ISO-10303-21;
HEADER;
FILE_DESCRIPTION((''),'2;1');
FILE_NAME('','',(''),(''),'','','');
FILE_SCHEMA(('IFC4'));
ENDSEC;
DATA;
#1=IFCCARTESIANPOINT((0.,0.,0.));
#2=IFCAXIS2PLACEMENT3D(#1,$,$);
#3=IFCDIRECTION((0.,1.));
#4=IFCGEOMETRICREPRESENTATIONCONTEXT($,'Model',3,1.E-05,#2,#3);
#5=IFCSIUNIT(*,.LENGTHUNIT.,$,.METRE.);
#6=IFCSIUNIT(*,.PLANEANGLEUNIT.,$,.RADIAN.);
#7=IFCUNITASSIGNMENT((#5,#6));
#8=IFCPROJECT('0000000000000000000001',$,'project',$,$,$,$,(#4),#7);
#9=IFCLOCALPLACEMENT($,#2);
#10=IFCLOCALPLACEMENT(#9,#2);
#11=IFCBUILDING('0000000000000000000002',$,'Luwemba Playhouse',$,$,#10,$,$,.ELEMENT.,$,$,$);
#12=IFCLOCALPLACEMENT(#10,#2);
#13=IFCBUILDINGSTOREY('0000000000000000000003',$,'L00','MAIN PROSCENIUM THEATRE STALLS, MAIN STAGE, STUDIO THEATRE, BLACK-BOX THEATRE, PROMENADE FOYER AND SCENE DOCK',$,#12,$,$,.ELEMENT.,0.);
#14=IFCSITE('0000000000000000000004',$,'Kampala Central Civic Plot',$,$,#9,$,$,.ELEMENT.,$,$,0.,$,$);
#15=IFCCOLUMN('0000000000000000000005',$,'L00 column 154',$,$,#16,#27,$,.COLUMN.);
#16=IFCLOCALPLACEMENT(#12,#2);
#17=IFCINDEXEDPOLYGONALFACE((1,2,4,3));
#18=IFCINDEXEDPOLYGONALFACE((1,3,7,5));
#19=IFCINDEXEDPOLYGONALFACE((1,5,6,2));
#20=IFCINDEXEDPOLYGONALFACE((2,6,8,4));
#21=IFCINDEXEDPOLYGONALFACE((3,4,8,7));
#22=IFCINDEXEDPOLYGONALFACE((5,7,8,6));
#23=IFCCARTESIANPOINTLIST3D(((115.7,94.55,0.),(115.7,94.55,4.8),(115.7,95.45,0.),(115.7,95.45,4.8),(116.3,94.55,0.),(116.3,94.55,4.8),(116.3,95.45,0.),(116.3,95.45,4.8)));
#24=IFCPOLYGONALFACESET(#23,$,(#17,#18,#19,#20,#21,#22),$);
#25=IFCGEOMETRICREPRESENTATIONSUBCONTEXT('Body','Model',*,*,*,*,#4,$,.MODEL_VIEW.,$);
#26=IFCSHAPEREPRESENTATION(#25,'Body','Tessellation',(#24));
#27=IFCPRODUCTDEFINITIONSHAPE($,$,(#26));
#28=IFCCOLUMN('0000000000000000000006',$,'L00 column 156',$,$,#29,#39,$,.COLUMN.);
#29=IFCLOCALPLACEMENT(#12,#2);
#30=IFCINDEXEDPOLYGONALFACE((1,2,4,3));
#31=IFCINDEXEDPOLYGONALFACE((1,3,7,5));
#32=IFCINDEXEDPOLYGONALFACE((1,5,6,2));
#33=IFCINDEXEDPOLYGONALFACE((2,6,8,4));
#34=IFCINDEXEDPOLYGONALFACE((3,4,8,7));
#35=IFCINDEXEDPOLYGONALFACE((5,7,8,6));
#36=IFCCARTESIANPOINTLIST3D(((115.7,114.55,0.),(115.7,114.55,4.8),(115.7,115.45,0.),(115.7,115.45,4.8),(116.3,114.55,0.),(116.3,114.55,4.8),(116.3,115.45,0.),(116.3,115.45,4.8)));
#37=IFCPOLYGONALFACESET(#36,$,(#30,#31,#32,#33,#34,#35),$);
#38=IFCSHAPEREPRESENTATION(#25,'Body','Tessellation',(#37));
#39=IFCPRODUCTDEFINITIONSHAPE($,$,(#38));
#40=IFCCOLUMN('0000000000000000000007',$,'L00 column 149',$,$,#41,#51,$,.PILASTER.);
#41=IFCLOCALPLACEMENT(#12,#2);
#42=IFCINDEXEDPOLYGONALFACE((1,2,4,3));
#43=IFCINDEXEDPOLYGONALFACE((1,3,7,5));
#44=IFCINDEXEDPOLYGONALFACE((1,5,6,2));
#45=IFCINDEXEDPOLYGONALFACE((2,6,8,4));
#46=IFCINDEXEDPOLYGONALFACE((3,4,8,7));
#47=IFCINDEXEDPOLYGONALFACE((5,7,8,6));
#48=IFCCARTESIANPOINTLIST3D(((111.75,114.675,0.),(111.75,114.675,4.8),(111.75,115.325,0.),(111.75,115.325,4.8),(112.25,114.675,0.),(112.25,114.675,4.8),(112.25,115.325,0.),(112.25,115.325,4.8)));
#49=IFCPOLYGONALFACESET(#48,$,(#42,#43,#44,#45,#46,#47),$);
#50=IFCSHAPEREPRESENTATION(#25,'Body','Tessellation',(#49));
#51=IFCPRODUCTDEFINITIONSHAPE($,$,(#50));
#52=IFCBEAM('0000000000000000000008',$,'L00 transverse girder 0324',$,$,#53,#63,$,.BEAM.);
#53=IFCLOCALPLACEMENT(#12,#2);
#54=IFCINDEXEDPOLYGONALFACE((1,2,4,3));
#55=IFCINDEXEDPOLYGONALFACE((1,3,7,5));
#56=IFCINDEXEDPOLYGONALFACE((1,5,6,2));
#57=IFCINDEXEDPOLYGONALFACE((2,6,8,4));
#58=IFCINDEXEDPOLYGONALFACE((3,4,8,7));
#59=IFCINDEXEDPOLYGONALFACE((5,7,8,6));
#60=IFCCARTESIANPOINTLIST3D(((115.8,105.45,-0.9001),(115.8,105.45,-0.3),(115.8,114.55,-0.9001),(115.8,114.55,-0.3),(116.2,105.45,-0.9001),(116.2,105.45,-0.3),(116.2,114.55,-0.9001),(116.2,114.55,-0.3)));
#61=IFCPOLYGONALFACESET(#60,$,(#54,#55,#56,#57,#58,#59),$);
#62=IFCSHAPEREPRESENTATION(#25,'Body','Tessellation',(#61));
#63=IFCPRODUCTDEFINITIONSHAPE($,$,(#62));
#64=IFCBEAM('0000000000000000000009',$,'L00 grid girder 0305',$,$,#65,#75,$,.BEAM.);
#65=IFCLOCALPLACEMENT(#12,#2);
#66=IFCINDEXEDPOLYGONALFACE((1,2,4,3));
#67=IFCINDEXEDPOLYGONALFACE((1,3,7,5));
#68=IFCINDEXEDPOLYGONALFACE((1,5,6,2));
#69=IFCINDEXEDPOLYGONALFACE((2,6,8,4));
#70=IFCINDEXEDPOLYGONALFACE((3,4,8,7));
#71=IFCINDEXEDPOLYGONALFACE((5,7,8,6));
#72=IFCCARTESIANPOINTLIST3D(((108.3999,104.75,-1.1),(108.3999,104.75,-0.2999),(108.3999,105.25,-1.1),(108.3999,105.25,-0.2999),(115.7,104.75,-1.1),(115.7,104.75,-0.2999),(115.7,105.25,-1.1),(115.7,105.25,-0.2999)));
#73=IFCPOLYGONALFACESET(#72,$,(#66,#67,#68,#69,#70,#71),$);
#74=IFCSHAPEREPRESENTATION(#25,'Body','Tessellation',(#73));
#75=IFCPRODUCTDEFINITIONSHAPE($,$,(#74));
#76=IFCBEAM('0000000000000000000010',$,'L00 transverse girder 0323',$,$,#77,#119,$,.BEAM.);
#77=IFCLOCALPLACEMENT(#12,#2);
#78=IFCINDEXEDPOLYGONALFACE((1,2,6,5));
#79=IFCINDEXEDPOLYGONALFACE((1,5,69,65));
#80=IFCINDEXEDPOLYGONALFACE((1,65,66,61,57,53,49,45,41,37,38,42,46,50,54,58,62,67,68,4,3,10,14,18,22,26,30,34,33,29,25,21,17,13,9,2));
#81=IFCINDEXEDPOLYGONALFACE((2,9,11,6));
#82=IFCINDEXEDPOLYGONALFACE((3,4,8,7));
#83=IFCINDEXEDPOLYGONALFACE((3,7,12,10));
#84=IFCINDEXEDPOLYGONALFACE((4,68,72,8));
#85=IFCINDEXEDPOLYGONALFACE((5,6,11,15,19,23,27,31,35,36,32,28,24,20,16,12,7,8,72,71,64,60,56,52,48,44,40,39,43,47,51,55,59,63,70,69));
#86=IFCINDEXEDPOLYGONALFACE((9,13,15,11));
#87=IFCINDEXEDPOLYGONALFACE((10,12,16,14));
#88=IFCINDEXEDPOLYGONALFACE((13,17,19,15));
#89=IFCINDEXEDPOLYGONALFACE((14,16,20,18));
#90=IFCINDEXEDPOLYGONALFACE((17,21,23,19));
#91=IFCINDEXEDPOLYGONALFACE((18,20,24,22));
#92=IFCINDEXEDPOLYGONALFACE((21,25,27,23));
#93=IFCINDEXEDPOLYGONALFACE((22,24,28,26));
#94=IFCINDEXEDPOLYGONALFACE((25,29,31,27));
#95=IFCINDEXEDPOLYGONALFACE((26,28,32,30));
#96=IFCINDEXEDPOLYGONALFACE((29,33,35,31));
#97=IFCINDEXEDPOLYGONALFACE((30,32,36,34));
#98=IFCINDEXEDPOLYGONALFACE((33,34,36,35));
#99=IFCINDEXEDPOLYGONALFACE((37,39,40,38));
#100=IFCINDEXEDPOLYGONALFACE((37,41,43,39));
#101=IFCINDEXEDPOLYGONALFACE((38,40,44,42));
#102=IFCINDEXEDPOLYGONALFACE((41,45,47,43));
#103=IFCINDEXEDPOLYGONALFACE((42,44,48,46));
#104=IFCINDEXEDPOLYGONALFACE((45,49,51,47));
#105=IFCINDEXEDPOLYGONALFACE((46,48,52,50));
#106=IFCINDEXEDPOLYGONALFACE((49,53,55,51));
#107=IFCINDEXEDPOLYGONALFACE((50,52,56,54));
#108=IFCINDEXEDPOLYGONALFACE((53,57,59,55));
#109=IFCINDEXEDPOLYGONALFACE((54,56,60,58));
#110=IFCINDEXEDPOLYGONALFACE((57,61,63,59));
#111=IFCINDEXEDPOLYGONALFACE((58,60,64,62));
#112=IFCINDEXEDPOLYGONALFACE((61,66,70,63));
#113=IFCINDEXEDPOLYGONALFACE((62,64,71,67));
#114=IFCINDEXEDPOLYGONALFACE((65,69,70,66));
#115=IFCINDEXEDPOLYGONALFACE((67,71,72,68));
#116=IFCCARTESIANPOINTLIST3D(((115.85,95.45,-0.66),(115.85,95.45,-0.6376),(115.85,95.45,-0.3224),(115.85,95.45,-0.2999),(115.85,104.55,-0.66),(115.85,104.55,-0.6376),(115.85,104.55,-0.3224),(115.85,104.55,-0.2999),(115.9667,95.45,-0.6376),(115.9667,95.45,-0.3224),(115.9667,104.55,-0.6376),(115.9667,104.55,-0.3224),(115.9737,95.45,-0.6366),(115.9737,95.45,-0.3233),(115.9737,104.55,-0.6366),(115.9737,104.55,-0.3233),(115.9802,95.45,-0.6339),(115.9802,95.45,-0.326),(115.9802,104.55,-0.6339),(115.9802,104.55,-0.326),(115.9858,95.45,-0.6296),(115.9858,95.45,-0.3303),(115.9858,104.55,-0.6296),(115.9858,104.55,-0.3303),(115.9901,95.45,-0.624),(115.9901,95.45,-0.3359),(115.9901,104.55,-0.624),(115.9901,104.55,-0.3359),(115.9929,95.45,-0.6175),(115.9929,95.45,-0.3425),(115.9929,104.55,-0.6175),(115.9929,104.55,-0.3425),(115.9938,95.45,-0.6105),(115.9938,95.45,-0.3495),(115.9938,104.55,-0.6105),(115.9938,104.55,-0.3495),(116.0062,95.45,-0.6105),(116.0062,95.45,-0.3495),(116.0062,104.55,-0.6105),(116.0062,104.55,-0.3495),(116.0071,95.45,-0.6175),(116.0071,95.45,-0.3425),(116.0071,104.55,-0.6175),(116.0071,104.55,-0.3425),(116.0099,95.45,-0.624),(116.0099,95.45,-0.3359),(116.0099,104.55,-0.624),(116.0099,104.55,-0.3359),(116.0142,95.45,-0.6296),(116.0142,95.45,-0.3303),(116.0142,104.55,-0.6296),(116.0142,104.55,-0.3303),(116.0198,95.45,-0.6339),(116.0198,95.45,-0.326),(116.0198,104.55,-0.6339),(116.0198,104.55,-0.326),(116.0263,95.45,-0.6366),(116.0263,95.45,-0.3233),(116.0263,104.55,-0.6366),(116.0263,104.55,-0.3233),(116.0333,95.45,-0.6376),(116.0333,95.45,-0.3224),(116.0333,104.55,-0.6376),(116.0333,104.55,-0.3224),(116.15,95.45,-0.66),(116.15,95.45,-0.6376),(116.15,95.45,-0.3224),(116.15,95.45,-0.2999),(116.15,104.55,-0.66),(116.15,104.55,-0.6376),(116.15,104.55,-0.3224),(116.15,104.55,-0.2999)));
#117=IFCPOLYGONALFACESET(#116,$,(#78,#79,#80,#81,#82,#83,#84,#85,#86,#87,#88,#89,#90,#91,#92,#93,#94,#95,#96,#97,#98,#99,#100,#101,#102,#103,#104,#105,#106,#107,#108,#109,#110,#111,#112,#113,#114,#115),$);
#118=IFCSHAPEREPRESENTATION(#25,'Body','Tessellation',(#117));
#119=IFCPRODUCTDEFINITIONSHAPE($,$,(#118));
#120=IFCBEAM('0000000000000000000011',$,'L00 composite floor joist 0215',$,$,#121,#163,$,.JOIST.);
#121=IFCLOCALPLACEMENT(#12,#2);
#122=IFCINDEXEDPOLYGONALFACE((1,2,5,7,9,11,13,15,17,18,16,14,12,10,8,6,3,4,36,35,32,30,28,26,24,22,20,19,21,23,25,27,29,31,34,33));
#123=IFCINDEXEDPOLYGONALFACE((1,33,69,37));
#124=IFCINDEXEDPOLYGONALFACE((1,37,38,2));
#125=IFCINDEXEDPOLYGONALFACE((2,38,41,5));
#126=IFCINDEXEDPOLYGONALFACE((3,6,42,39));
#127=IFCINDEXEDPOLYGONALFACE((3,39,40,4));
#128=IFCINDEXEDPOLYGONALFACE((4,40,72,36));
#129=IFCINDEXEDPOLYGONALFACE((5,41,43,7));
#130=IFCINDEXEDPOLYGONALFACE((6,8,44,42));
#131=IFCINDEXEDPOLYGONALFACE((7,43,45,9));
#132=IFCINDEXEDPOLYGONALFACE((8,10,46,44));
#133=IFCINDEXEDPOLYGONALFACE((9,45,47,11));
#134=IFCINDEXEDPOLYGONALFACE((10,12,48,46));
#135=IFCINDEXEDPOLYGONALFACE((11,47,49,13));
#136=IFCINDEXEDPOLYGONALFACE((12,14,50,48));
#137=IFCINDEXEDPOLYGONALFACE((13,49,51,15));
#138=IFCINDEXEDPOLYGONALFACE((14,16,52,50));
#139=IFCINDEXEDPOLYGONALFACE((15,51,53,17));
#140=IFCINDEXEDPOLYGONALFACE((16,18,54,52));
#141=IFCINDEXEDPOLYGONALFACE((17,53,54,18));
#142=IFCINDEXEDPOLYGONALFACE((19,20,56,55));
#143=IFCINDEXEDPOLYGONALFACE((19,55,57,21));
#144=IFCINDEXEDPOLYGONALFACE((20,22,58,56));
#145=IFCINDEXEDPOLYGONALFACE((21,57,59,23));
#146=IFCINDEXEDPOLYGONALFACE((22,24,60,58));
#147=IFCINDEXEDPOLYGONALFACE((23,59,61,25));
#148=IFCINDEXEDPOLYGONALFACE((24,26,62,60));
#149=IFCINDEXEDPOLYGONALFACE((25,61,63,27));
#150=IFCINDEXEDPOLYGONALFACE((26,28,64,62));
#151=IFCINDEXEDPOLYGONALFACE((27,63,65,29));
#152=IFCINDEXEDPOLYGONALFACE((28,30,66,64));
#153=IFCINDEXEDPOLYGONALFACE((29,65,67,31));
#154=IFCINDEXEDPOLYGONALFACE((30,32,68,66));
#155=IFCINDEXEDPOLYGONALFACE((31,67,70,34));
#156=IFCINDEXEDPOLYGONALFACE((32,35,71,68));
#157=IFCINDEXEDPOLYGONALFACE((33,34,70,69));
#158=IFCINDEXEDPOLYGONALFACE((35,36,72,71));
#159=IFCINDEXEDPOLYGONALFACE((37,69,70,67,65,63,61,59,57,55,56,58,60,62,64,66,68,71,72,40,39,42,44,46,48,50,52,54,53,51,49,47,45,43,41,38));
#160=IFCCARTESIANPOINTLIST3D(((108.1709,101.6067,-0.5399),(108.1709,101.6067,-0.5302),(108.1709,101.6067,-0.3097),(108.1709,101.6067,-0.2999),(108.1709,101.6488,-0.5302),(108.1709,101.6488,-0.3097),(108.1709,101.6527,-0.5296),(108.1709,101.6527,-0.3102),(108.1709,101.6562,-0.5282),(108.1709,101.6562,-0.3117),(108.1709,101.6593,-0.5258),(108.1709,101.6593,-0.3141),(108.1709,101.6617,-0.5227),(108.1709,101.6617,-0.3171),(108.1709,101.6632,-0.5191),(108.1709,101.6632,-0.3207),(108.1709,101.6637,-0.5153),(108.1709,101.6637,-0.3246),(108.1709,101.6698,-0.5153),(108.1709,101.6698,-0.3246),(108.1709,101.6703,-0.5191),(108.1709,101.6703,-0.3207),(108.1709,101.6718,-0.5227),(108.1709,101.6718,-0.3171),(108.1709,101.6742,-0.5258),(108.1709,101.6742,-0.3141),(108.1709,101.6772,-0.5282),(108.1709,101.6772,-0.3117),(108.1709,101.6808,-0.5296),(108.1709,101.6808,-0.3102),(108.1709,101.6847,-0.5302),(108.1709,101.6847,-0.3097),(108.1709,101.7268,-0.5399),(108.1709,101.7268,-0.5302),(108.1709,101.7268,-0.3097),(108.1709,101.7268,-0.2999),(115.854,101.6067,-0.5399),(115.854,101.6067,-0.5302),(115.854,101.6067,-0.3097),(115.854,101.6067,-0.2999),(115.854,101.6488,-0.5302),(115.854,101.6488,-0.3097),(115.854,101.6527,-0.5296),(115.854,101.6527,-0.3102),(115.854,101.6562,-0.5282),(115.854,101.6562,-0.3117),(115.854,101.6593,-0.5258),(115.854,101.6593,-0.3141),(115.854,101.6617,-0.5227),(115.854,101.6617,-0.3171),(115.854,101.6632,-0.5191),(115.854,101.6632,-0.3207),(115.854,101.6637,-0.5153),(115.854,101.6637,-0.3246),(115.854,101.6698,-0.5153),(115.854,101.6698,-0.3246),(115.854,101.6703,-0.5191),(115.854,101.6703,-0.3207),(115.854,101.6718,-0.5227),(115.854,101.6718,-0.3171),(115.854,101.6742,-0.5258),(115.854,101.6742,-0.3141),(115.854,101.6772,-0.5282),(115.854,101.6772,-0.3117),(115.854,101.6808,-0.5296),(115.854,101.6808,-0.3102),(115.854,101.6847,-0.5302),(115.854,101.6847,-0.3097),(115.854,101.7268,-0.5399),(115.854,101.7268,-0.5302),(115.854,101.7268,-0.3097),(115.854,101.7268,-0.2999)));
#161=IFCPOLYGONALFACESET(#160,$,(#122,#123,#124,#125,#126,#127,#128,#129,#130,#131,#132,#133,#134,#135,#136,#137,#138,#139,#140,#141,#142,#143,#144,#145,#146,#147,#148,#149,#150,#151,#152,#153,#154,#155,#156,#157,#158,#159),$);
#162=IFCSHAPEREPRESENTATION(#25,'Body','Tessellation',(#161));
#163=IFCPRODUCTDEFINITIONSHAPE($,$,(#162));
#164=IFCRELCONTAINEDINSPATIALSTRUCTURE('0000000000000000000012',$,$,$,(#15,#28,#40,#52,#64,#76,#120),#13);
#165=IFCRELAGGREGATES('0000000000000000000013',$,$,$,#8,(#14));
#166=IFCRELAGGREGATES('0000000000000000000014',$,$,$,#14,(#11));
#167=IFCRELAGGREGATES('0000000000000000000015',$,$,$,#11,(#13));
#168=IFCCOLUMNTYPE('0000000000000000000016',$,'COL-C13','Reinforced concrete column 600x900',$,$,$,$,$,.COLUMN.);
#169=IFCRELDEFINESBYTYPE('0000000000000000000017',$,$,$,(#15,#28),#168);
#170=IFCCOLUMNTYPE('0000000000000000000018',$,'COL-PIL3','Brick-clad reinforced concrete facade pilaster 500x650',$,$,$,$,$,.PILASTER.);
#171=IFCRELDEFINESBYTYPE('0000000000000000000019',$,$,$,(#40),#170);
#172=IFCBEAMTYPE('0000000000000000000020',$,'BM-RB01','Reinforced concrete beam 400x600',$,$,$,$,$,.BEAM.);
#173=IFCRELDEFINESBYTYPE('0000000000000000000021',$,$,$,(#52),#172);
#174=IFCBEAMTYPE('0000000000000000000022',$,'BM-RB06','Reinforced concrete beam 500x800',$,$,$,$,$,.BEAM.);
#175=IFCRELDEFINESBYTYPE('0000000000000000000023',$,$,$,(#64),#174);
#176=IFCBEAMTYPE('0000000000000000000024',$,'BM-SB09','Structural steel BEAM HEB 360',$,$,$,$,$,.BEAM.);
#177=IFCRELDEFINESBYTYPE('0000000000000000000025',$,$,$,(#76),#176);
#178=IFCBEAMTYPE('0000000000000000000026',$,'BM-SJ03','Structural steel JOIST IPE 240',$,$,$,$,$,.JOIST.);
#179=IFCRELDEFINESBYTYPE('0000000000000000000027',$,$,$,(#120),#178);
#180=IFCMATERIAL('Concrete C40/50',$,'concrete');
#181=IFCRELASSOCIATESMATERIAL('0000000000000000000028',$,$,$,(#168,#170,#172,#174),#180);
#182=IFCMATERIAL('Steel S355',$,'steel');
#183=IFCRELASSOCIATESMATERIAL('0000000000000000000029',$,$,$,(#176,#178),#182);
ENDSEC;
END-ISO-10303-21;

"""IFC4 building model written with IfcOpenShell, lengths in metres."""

from ifc_helpers import new_model, si_unit, direction, frame, origin, origin_2d, place, context, subcontext, project, spatial, rectangle, i_section, extrude, material, material_profile, profile_set, type_object, element, save


model = new_model("IFC4")

# Units and contexts
model_context = context("Model", 3, precision=1e-05, world=origin(), true_north=direction((0.0, 1.0)))
body_context = subcontext(model_context, "Body", "Model", "MODEL_VIEW")
ifc_project = project(units=[si_unit("LENGTHUNIT", "METRE"), si_unit("PLANEANGLEUNIT", "RADIAN")], contexts=[model_context])

# Site, building, storey
site_placement = place(None, origin())
site = spatial("IfcSite", under=ifc_project, at=site_placement, Name="Kampala Central Civic Plot", CompositionType="ELEMENT", RefElevation=0.0)
building_placement = place(site_placement, origin())
building = spatial("IfcBuilding", under=site, at=building_placement, Name="Luwemba Playhouse", CompositionType="ELEMENT")
storey_placement = place(building_placement, origin())
storey = spatial("IfcBuildingStorey", under=building, at=storey_placement, Name="L00", Description="MAIN PROSCENIUM THEATRE STALLS, MAIN STAGE, STUDIO THEATRE, BLACK-BOX THEATRE, PROMENADE FOYER AND SCENE DOCK", CompositionType="ELEMENT", Elevation=0.0)

# Columns
ifc_material_1 = material(Name="Concrete C40/50", Category="concrete")
ifc_material_profile_1 = material_profile(ifc_material_1, rectangle(XDim=0.6001, YDim=0.8999, at=origin_2d()))
ifc_profile_set_1 = profile_set([ifc_material_profile_1], Name="Concrete C40/50")
column_type_1 = type_object("IfcColumnType", Name="COL-C13", Description="Reinforced concrete column 600x900", PredefinedType="COLUMN", material=ifc_profile_set_1)
for number, where, z_axis, x_axis, name in (
    (1, (116.0, 95.0, 0.0), (0.0, 0.0, 1.0), (1.0, 0.0, 0.0), "L00 column 154"),
    (2, (116.0, 115.0, 0.0), (0.0, 0.0, 1.0), (1.0, 0.0, 0.0), "L00 column 156"),
):
    element("IfcColumn", number, at=place(storey_placement, frame(where, z_axis=z_axis, x_axis=x_axis)), inside=storey, type_object=column_type_1, Name=name, PredefinedType="COLUMN", context=body_context, shape_type="SweptSolid", body=[
        extrude(rectangle(XDim=0.6001, YDim=0.8999, at=origin_2d()), origin(), (0.0, 0.0, 1.0), 4.8),
    ])
ifc_material_profile_2 = material_profile(ifc_material_1, rectangle(XDim=0.5, YDim=0.6499, at=origin_2d()))
ifc_profile_set_2 = profile_set([ifc_material_profile_2], Name="Concrete C40/50")
column_type_2 = type_object("IfcColumnType", Name="COL-PIL3", Description="Brick-clad reinforced concrete facade pilaster 500x650", PredefinedType="PILASTER", material=ifc_profile_set_2)
column_placement = place(storey_placement, frame((112.0, 115.0, 0.0), z_axis=(0.0, 0.0, 1.0), x_axis=(1.0, 0.0, 0.0)))
element("IfcColumn", 3, at=column_placement, inside=storey, type_object=column_type_2, Name="L00 column 149", PredefinedType="PILASTER", context=body_context, shape_type="SweptSolid", body=[
    extrude(rectangle(XDim=0.5, YDim=0.6499, at=origin_2d()), origin(), (0.0, 0.0, 1.0), 4.8),
])

# Beams
ifc_material_profile_3 = material_profile(ifc_material_1, rectangle(XDim=0.3999, YDim=0.6001, at=origin_2d()))
ifc_profile_set_3 = profile_set([ifc_material_profile_3], Name="Concrete C40/50")
beam_type_1 = type_object("IfcBeamType", Name="BM-RB01", Description="Reinforced concrete beam 400x600", PredefinedType="BEAM", material=ifc_profile_set_3)
beam_1_placement = place(storey_placement, frame((116.0, 105.45, -0.6001), z_axis=(0.0, 1.0, 0.0), x_axis=(-1.0, 0.0, 0.0)))
element("IfcBeam", 4, at=beam_1_placement, inside=storey, type_object=beam_type_1, Name="L00 transverse girder 0324", PredefinedType="BEAM", context=body_context, shape_type="SweptSolid", body=[
    extrude(rectangle(XDim=0.3999, YDim=0.6001, at=origin_2d()), origin(), (0.0, 0.0, 1.0), 9.1001),
])
ifc_material_profile_4 = material_profile(ifc_material_1, rectangle(XDim=0.5, YDim=0.8, at=origin_2d()))
ifc_profile_set_4 = profile_set([ifc_material_profile_4], Name="Concrete C40/50")
beam_type_2 = type_object("IfcBeamType", Name="BM-RB06", Description="Reinforced concrete beam 500x800", PredefinedType="BEAM", material=ifc_profile_set_4)
beam_2_placement = place(storey_placement, frame((108.3999, 105.0, -0.7), z_axis=(1.0, 0.0, 0.0), x_axis=(0.0, 1.0, 0.0)))
element("IfcBeam", 5, at=beam_2_placement, inside=storey, type_object=beam_type_2, Name="L00 grid girder 0305", PredefinedType="BEAM", context=body_context, shape_type="SweptSolid", body=[
    extrude(rectangle(XDim=0.5, YDim=0.8, at=origin_2d()), origin(), (0.0, 0.0, 1.0), 7.3),
])
ifc_material_2 = material(Name="Steel S355", Category="steel")
ifc_material_profile_5 = material_profile(ifc_material_2, i_section(OverallWidth=0.3, OverallDepth=0.3601, WebThickness=0.0125, FlangeThickness=0.0225, FilletRadius=0.0271, at=origin_2d()))
ifc_profile_set_5 = profile_set([ifc_material_profile_5], Name="Steel S355")
beam_type_3 = type_object("IfcBeamType", Name="BM-SB09", Description="Structural steel BEAM HEB 360", PredefinedType="BEAM", material=ifc_profile_set_5)
beam_3_placement = place(storey_placement, frame((116.0, 95.45, -0.48), z_axis=(0.0, 1.0, 0.0), x_axis=(-1.0, 0.0, 0.0)))
element("IfcBeam", 6, at=beam_3_placement, inside=storey, type_object=beam_type_3, Name="L00 transverse girder 0323", PredefinedType="BEAM", context=body_context, shape_type="SweptSolid", body=[
    extrude(i_section(OverallWidth=0.3, OverallDepth=0.3601, WebThickness=0.0125, FlangeThickness=0.0225, FilletRadius=0.0271, at=origin_2d()), origin(), (0.0, 0.0, 1.0), 9.1001),
])
ifc_material_profile_6 = material_profile(ifc_material_2, i_section(OverallWidth=0.1201, OverallDepth=0.24, WebThickness=0.0061, FlangeThickness=0.0098, FilletRadius=0.0149, at=origin_2d()))
ifc_profile_set_6 = profile_set([ifc_material_profile_6], Name="Steel S355")
beam_type_4 = type_object("IfcBeamType", Name="BM-SJ03", Description="Structural steel JOIST IPE 240", PredefinedType="JOIST", material=ifc_profile_set_6)
beam_4_placement = place(storey_placement, frame((108.1709, 101.6667, -0.4199), z_axis=(1.0, 0.0, 0.0), x_axis=(0.0, 1.0, 0.0)))
element("IfcBeam", 7, at=beam_4_placement, inside=storey, type_object=beam_type_4, Name="L00 composite floor joist 0215", PredefinedType="JOIST", context=body_context, shape_type="SweptSolid", body=[
    extrude(i_section(OverallWidth=0.1201, OverallDepth=0.24, WebThickness=0.0061, FlangeThickness=0.0098, FilletRadius=0.0149, at=origin_2d()), origin(), (0.0, 0.0, 1.0), 7.6831),
])

save(model, "model.ifc")
